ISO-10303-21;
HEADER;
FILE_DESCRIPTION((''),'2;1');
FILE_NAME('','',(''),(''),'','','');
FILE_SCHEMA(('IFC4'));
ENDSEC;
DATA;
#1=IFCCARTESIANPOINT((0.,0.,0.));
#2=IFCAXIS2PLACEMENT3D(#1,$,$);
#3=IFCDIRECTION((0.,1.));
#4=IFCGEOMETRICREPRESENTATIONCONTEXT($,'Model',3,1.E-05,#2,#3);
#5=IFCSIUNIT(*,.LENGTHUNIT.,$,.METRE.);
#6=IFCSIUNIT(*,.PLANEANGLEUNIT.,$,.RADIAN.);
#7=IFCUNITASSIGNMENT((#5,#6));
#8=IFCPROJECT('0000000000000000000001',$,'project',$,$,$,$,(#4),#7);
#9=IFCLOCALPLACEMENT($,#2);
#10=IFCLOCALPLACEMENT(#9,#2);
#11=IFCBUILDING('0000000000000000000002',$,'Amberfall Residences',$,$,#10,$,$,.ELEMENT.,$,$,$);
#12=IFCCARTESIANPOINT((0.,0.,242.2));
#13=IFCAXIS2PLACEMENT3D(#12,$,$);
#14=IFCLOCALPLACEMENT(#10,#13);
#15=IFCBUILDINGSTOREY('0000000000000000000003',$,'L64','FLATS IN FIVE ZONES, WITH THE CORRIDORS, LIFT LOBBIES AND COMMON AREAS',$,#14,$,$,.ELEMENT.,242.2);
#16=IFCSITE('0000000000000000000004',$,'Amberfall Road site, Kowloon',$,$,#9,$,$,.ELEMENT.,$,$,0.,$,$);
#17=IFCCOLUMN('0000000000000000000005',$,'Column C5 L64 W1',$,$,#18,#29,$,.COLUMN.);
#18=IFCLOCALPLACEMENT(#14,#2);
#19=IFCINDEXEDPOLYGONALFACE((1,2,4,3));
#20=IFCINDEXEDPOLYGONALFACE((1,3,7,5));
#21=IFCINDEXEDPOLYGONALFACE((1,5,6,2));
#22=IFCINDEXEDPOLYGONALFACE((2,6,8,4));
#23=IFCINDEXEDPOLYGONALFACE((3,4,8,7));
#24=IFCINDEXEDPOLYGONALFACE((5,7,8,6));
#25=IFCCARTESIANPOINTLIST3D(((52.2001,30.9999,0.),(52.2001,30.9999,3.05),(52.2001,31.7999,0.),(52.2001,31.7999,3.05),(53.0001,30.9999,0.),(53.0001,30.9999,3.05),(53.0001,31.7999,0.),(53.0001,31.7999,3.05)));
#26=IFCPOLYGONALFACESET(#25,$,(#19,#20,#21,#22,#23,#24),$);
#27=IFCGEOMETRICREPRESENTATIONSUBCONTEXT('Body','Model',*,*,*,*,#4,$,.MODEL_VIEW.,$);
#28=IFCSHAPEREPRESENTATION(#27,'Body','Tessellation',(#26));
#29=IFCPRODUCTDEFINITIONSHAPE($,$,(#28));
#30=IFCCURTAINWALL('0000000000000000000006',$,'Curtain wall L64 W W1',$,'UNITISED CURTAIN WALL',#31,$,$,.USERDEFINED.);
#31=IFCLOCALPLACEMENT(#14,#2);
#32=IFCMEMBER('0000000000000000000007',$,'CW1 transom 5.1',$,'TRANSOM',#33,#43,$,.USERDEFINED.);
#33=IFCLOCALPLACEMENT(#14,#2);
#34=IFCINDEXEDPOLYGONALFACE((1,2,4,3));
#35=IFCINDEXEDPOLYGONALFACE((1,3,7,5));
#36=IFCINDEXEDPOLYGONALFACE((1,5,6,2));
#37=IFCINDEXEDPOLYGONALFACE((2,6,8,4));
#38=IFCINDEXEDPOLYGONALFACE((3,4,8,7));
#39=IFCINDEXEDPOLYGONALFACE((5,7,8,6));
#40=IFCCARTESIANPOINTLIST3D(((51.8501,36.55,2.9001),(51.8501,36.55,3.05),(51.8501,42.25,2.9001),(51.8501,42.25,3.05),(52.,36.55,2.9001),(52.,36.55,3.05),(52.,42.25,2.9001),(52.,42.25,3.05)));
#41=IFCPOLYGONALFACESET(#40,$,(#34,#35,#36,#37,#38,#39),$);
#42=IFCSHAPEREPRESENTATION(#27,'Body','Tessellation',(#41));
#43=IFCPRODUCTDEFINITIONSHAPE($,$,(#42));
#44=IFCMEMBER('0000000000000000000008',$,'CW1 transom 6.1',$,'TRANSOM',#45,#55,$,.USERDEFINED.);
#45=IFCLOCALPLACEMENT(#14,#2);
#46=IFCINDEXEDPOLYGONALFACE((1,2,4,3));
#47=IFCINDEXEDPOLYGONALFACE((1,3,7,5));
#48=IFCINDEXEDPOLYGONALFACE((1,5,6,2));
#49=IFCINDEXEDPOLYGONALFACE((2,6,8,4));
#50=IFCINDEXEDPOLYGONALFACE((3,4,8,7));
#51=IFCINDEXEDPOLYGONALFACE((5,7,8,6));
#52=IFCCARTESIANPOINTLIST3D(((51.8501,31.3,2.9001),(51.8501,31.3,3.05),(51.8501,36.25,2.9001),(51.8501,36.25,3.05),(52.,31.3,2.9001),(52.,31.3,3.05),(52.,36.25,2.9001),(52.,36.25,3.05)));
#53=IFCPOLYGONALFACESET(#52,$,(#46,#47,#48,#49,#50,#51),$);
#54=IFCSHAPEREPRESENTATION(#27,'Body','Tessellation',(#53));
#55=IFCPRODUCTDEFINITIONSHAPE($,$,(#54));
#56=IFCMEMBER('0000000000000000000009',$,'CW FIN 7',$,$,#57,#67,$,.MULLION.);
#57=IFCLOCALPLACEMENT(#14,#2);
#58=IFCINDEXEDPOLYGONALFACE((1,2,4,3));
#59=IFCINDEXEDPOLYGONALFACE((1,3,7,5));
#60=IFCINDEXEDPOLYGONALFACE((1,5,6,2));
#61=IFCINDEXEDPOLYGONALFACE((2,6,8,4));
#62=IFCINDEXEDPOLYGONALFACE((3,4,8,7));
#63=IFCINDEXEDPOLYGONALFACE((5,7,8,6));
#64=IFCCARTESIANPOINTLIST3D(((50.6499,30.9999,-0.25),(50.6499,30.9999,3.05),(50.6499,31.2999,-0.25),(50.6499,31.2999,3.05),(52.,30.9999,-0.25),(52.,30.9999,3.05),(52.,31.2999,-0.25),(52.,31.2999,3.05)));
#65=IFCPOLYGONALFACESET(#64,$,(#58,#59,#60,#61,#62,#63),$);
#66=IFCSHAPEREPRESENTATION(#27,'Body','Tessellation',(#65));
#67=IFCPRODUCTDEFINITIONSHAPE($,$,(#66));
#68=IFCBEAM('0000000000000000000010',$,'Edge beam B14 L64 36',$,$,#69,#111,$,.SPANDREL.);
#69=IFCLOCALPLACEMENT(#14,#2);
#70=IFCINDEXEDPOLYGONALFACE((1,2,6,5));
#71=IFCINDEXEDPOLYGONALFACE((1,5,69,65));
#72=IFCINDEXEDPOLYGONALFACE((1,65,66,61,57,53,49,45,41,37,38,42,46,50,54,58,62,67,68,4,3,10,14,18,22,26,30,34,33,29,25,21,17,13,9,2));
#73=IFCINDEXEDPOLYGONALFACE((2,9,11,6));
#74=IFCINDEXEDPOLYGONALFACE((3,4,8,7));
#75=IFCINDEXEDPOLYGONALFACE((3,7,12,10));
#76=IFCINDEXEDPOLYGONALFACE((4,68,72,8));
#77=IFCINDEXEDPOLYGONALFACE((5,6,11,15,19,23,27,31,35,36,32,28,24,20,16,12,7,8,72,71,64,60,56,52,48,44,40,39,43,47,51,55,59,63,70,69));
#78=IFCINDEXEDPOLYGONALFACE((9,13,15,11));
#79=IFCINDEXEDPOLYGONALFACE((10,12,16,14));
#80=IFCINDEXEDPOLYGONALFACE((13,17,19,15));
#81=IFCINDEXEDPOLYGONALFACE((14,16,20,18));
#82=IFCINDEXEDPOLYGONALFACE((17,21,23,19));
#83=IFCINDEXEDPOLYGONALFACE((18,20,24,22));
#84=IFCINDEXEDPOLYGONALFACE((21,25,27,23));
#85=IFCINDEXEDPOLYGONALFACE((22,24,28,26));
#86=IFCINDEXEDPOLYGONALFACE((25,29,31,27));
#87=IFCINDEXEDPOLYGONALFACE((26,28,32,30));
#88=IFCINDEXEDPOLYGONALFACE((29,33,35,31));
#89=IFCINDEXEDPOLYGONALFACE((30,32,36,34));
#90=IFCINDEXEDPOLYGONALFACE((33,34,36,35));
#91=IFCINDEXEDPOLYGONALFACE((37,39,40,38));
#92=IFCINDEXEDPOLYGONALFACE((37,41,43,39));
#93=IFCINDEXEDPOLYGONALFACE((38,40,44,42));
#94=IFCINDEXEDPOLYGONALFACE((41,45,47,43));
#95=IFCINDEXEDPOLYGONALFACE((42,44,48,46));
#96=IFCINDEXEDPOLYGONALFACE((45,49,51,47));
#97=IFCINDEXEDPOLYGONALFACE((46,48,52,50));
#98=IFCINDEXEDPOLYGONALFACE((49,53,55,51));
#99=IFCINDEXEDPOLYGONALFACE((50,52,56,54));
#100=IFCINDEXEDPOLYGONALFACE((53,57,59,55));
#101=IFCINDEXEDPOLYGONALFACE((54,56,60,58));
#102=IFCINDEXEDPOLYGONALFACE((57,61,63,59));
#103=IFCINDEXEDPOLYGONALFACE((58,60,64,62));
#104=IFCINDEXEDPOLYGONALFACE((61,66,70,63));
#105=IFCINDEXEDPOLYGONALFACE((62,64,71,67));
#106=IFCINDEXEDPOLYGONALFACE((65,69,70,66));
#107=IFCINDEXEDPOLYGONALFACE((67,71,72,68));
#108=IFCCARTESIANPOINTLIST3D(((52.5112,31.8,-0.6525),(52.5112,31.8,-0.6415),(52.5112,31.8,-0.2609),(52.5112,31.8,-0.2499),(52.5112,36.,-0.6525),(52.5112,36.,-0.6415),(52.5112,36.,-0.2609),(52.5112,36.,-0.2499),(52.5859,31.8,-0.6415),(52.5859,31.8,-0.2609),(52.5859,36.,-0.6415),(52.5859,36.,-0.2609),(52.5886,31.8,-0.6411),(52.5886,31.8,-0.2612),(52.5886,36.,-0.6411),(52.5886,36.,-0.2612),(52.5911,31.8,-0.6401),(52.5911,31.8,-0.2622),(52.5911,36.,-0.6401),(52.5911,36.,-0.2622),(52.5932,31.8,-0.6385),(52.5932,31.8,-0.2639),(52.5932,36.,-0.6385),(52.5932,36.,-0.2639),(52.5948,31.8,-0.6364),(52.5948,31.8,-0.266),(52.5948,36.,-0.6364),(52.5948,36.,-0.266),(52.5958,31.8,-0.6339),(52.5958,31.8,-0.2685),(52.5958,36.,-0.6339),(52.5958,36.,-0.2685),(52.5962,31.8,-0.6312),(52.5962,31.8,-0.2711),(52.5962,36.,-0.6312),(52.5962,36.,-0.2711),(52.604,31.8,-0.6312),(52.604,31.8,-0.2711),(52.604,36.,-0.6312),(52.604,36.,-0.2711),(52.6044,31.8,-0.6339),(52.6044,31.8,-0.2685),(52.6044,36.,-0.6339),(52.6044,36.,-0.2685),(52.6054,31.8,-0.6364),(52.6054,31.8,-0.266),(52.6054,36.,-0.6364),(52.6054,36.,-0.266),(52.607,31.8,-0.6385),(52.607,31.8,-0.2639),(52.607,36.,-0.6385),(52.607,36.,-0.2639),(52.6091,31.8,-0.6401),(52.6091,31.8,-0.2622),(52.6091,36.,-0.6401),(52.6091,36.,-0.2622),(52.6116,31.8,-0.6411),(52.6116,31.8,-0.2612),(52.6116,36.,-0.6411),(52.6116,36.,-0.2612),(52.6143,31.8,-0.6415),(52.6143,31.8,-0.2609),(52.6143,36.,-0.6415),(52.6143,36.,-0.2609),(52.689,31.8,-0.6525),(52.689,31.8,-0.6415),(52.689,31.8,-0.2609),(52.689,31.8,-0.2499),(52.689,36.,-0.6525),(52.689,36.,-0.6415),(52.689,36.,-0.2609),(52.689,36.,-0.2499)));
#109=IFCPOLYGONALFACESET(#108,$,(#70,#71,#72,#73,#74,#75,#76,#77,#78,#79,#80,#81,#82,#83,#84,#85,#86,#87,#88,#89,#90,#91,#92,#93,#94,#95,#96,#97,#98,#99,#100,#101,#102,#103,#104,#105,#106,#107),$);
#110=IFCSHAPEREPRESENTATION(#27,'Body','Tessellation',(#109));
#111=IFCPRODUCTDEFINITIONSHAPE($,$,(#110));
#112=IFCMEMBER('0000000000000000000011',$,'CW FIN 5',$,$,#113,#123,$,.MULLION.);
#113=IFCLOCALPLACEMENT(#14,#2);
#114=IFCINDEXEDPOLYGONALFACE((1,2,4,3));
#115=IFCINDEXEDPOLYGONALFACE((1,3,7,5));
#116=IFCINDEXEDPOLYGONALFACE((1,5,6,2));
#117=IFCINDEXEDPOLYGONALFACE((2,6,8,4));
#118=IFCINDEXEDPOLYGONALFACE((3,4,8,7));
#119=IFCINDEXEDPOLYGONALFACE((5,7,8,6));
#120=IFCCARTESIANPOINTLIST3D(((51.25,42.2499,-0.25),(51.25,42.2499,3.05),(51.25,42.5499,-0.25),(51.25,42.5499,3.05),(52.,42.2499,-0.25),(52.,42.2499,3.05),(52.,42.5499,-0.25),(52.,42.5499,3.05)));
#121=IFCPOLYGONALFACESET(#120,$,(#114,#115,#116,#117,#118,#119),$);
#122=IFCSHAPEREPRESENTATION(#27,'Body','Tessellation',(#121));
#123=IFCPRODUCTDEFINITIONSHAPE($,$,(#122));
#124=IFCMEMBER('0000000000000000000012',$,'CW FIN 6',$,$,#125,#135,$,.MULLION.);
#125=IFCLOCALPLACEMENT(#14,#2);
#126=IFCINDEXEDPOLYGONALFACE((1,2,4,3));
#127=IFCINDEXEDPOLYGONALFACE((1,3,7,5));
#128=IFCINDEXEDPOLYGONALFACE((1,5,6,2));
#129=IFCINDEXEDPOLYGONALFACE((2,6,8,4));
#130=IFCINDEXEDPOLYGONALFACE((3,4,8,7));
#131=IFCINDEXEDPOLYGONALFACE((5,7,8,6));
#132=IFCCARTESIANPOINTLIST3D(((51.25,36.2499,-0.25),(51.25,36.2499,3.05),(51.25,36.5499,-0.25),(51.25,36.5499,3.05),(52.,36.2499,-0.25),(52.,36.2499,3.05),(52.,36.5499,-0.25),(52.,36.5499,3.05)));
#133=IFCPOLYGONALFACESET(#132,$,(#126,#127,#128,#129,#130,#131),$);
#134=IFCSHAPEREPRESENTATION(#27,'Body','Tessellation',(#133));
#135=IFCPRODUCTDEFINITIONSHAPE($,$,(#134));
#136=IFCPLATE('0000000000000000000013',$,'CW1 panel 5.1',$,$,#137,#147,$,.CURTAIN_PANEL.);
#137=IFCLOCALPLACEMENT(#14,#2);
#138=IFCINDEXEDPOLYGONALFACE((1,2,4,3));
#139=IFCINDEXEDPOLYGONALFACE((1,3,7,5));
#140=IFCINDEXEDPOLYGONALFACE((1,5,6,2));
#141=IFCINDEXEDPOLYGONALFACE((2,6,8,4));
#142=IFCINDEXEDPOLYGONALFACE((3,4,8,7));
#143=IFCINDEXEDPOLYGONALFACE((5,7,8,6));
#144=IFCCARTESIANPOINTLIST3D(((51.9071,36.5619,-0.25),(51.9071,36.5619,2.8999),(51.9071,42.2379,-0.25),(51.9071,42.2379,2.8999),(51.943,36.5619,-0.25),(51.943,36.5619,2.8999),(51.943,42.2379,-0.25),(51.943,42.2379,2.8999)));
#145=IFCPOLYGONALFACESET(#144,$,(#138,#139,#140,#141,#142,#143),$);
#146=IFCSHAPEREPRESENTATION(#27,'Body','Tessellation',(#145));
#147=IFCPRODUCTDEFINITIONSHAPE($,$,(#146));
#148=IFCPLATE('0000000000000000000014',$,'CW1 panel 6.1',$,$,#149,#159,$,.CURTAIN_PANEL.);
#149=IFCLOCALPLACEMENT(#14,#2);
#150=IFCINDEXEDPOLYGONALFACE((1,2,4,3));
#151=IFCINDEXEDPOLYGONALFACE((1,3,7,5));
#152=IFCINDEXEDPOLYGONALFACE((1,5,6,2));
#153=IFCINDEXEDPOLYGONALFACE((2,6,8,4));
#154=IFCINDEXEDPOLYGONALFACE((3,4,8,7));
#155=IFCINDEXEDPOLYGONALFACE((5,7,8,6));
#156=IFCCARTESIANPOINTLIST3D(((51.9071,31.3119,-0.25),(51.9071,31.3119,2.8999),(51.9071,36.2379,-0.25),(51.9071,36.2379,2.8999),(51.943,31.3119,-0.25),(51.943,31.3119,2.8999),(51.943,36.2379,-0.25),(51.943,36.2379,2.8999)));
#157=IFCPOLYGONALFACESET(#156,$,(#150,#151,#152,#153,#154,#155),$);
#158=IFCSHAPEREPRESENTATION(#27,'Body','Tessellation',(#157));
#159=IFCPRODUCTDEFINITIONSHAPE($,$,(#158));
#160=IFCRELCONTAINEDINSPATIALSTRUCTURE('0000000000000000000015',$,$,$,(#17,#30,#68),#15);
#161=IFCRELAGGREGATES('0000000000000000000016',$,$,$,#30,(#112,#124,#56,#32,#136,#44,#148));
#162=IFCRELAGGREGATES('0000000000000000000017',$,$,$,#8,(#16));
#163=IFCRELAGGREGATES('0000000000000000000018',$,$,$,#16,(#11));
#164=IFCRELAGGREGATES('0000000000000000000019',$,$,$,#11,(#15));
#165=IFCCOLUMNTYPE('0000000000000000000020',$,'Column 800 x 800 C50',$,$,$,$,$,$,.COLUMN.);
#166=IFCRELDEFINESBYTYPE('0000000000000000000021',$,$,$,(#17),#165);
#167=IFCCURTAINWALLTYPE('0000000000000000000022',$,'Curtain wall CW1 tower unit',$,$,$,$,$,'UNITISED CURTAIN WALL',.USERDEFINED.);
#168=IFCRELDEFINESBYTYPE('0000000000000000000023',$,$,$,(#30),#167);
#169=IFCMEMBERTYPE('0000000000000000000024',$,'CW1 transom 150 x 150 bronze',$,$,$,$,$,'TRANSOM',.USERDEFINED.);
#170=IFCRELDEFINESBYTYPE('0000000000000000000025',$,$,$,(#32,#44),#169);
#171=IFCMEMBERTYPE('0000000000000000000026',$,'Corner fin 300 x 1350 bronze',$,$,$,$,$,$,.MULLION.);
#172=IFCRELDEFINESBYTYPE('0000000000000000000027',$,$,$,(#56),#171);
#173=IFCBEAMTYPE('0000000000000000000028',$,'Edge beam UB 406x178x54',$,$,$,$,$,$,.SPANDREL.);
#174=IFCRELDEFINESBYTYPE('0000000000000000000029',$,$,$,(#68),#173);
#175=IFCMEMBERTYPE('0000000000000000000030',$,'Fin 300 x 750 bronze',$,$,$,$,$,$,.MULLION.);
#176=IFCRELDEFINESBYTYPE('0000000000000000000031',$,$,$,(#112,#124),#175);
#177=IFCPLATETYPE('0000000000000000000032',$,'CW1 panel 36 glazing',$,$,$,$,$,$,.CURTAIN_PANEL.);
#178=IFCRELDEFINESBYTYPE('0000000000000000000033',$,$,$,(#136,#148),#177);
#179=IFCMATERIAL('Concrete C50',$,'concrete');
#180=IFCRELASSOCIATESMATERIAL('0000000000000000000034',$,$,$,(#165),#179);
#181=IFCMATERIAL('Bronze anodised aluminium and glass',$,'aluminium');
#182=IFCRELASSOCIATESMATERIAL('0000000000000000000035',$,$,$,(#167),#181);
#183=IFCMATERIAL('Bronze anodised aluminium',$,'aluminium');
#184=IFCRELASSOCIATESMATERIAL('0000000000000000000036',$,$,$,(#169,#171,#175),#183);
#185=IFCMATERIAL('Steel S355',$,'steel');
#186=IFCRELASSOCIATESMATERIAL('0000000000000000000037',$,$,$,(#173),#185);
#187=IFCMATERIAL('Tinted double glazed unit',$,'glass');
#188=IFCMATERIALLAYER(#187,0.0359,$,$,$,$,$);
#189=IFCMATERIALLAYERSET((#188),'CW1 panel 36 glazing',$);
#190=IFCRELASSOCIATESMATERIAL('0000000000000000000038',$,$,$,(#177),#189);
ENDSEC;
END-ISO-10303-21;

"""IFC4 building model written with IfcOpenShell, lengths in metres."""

from ifc_helpers import new_model, si_unit, direction, frame, origin, origin_2d, place, context, subcontext, project, spatial, rectangle, i_section, extrude, material, layer, layer_set, material_profile, profile_set, type_object, element, aggregate, save


model = new_model("IFC4")

# Units and contexts
model_context = context("Model", 3, precision=1e-05, world=origin(), true_north=direction((0.0, 1.0)))
body_context = subcontext(model_context, "Body", "Model", "MODEL_VIEW")
ifc_project = project(units=[si_unit("LENGTHUNIT", "METRE"), si_unit("PLANEANGLEUNIT", "RADIAN")], contexts=[model_context])

# Site, building, storey
site_placement = place(None, origin())
site = spatial("IfcSite", under=ifc_project, at=site_placement, Name="Amberfall Road site, Kowloon", CompositionType="ELEMENT", RefElevation=0.0)
building_placement = place(site_placement, origin())
building = spatial("IfcBuilding", under=site, at=building_placement, Name="Amberfall Residences", CompositionType="ELEMENT")
storey_placement = place(building_placement, frame((0.0, 0.0, 242.2)))
storey = spatial("IfcBuildingStorey", under=building, at=storey_placement, Name="L64", Description="FLATS IN FIVE ZONES, WITH THE CORRIDORS, LIFT LOBBIES AND COMMON AREAS", CompositionType="ELEMENT", Elevation=242.2)

# Column
ifc_material_1 = material(Name="Concrete C50", Category="concrete")
ifc_material_profile_1 = material_profile(ifc_material_1, rectangle(XDim=0.8, YDim=0.8, at=origin_2d()), Name="Column 800 x 800 C50")
ifc_profile_set_1 = profile_set([ifc_material_profile_1], Name="Concrete C50")
column_type = type_object("IfcColumnType", Name="Column 800 x 800 C50", PredefinedType="COLUMN", material=ifc_profile_set_1)
column_placement = place(storey_placement, frame((52.6001, 31.3999, 0.0), z_axis=(0.0, 0.0, 1.0), x_axis=(1.0, 0.0, 0.0)))
element("IfcColumn", 1, at=column_placement, inside=storey, type_object=column_type, Name="Column C5 L64 W1", PredefinedType="COLUMN", context=body_context, shape_type="SweptSolid", body=[
    extrude(rectangle(XDim=0.8, YDim=0.8, at=origin_2d()), origin(), (0.0, 0.0, 1.0), 3.05),
])

# Curtain wall, members
ifc_material_2 = material(Name="Bronze anodised aluminium and glass", Category="aluminium")
curtain_wall_type = type_object("IfcCurtainWallType", Name="Curtain wall CW1 tower unit", ElementType="UNITISED CURTAIN WALL", PredefinedType="USERDEFINED", material=ifc_material_2)
curtain_wall_placement = place(storey_placement, origin())
curtain_wall = element("IfcCurtainWall", 2, at=curtain_wall_placement, inside=storey, type_object=curtain_wall_type, Name="Curtain wall L64 W W1", ObjectType="UNITISED CURTAIN WALL", PredefinedType="USERDEFINED")
ifc_material_3 = material(Name="Bronze anodised aluminium", Category="aluminium")
ifc_material_profile_2 = material_profile(ifc_material_3, rectangle(XDim=0.1499, YDim=0.1499, at=origin_2d()), Name="CW1 transom 150 x 150 bronze")
ifc_profile_set_2 = profile_set([ifc_material_profile_2], Name="Bronze anodised aluminium")
member_type_1 = type_object("IfcMemberType", Name="CW1 transom 150 x 150 bronze", ElementType="TRANSOM", PredefinedType="USERDEFINED", material=ifc_profile_set_2)
member_1_placement = place(storey_placement, frame((51.925, 42.25, 2.9751), z_axis=(0.0, -1.0, 0.0), x_axis=(1.0, 0.0, 0.0)))
member_1 = element("IfcMember", 3, at=member_1_placement, type_object=member_type_1, Name="CW1 transom 5.1", ObjectType="TRANSOM", PredefinedType="USERDEFINED", context=body_context, shape_type="SweptSolid", body=[
    extrude(rectangle(XDim=0.1499, YDim=0.1499, at=origin_2d()), origin(), (0.0, 0.0, 1.0), 5.7),
])
member_2_placement = place(storey_placement, frame((51.925, 36.25, 2.9751), z_axis=(0.0, -1.0, 0.0), x_axis=(1.0, 0.0, 0.0)))
member_2 = element("IfcMember", 4, at=member_2_placement, type_object=member_type_1, Name="CW1 transom 6.1", ObjectType="TRANSOM", PredefinedType="USERDEFINED", context=body_context, shape_type="SweptSolid", body=[
    extrude(rectangle(XDim=0.1499, YDim=0.1499, at=origin_2d()), origin(), (0.0, 0.0, 1.0), 4.95),
])
ifc_material_profile_3 = material_profile(ifc_material_3, rectangle(XDim=1.3501, YDim=0.3, at=origin_2d()), Name="Corner fin 300 x 1350 bronze")
ifc_profile_set_3 = profile_set([ifc_material_profile_3], Name="Bronze anodised aluminium")
member_type_2 = type_object("IfcMemberType", Name="Corner fin 300 x 1350 bronze", PredefinedType="MULLION", material=ifc_profile_set_3)
member_3_placement = place(storey_placement, frame((51.325, 31.1499, -0.25), z_axis=(0.0, 0.0, 1.0), x_axis=(1.0, 0.0, 0.0)))
member_3 = element("IfcMember", 5, at=member_3_placement, type_object=member_type_2, Name="CW FIN 7", PredefinedType="MULLION", context=body_context, shape_type="SweptSolid", body=[
    extrude(rectangle(XDim=1.3501, YDim=0.3, at=origin_2d()), origin(), (0.0, 0.0, 1.0), 3.3),
])

# Beam
ifc_material_4 = material(Name="Steel S355", Category="steel")
ifc_material_profile_4 = material_profile(ifc_material_4, i_section(OverallWidth=0.1777, OverallDepth=0.4026, WebThickness=0.0078, FlangeThickness=0.011, FilletRadius=0.0103, at=origin_2d()), Name="UB 406x178x54")
ifc_profile_set_4 = profile_set([ifc_material_profile_4], Name="Steel S355")
beam_type = type_object("IfcBeamType", Name="Edge beam UB 406x178x54", PredefinedType="SPANDREL", material=ifc_profile_set_4)
beam_placement = place(storey_placement, frame((52.6001, 31.8, -0.4512), z_axis=(0.0, 1.0, 0.0), x_axis=(-1.0, 0.0, 0.0)))
element("IfcBeam", 6, at=beam_placement, inside=storey, type_object=beam_type, Name="Edge beam B14 L64 36", PredefinedType="SPANDREL", context=body_context, shape_type="SweptSolid", body=[
    extrude(i_section(OverallWidth=0.1777, OverallDepth=0.4026, WebThickness=0.0078, FlangeThickness=0.011, FilletRadius=0.0103, at=origin_2d()), origin(), (0.0, 0.0, 1.0), 4.2),
])

# Members
ifc_material_profile_5 = material_profile(ifc_material_3, rectangle(XDim=0.75, YDim=0.3, at=origin_2d()), Name="Fin 300 x 750 bronze")
ifc_profile_set_5 = profile_set([ifc_material_profile_5], Name="Bronze anodised aluminium")
member_type_3 = type_object("IfcMemberType", Name="Fin 300 x 750 bronze", PredefinedType="MULLION", material=ifc_profile_set_5)
member_4_placement = place(storey_placement, frame((51.625, 42.3999, -0.25), z_axis=(0.0, 0.0, 1.0), x_axis=(1.0, 0.0, 0.0)))
member_4 = element("IfcMember", 7, at=member_4_placement, type_object=member_type_3, Name="CW FIN 5", PredefinedType="MULLION", context=body_context, shape_type="SweptSolid", body=[
    extrude(rectangle(XDim=0.75, YDim=0.3, at=origin_2d()), origin(), (0.0, 0.0, 1.0), 3.3),
])
member_5_placement = place(storey_placement, frame((51.625, 36.3999, -0.25), z_axis=(0.0, 0.0, 1.0), x_axis=(1.0, 0.0, 0.0)))
member_5 = element("IfcMember", 8, at=member_5_placement, type_object=member_type_3, Name="CW FIN 6", PredefinedType="MULLION", context=body_context, shape_type="SweptSolid", body=[
    extrude(rectangle(XDim=0.75, YDim=0.3, at=origin_2d()), origin(), (0.0, 0.0, 1.0), 3.3),
])

# Plates
ifc_material_5 = material(Name="Tinted double glazed unit", Category="glass")
ifc_layer_1 = layer(ifc_material_5, 0.0359)
ifc_layer_set_1 = layer_set([ifc_layer_1], Name="CW1 panel 36 glazing")
plate_type = type_object("IfcPlateType", Name="CW1 panel 36 glazing", PredefinedType="CURTAIN_PANEL", material=ifc_layer_set_1)
plate_1_placement = place(storey_placement, frame((51.925, 39.3999, -0.25), z_axis=(0.0, 0.0, 1.0), x_axis=(0.0, -1.0, 0.0)))
plate_1 = element("IfcPlate", 9, at=plate_1_placement, type_object=plate_type, Name="CW1 panel 5.1", PredefinedType="CURTAIN_PANEL", context=body_context, shape_type="SweptSolid", body=[
    extrude(rectangle(XDim=5.676, YDim=0.0359, at=origin_2d()), origin(), (0.0, 0.0, 1.0), 3.1499),
])
plate_2_placement = place(storey_placement, frame((51.925, 33.7749, -0.25), z_axis=(0.0, 0.0, 1.0), x_axis=(0.0, -1.0, 0.0)))
plate_2 = element("IfcPlate", 10, at=plate_2_placement, type_object=plate_type, Name="CW1 panel 6.1", PredefinedType="CURTAIN_PANEL", context=body_context, shape_type="SweptSolid", body=[
    extrude(rectangle(XDim=4.926, YDim=0.0359, at=origin_2d()), origin(), (0.0, 0.0, 1.0), 3.1499),
])
aggregate(curtain_wall, [member_4, member_5, member_3, member_1, plate_1, member_2, plate_2])

save(model, "model.ifc")
